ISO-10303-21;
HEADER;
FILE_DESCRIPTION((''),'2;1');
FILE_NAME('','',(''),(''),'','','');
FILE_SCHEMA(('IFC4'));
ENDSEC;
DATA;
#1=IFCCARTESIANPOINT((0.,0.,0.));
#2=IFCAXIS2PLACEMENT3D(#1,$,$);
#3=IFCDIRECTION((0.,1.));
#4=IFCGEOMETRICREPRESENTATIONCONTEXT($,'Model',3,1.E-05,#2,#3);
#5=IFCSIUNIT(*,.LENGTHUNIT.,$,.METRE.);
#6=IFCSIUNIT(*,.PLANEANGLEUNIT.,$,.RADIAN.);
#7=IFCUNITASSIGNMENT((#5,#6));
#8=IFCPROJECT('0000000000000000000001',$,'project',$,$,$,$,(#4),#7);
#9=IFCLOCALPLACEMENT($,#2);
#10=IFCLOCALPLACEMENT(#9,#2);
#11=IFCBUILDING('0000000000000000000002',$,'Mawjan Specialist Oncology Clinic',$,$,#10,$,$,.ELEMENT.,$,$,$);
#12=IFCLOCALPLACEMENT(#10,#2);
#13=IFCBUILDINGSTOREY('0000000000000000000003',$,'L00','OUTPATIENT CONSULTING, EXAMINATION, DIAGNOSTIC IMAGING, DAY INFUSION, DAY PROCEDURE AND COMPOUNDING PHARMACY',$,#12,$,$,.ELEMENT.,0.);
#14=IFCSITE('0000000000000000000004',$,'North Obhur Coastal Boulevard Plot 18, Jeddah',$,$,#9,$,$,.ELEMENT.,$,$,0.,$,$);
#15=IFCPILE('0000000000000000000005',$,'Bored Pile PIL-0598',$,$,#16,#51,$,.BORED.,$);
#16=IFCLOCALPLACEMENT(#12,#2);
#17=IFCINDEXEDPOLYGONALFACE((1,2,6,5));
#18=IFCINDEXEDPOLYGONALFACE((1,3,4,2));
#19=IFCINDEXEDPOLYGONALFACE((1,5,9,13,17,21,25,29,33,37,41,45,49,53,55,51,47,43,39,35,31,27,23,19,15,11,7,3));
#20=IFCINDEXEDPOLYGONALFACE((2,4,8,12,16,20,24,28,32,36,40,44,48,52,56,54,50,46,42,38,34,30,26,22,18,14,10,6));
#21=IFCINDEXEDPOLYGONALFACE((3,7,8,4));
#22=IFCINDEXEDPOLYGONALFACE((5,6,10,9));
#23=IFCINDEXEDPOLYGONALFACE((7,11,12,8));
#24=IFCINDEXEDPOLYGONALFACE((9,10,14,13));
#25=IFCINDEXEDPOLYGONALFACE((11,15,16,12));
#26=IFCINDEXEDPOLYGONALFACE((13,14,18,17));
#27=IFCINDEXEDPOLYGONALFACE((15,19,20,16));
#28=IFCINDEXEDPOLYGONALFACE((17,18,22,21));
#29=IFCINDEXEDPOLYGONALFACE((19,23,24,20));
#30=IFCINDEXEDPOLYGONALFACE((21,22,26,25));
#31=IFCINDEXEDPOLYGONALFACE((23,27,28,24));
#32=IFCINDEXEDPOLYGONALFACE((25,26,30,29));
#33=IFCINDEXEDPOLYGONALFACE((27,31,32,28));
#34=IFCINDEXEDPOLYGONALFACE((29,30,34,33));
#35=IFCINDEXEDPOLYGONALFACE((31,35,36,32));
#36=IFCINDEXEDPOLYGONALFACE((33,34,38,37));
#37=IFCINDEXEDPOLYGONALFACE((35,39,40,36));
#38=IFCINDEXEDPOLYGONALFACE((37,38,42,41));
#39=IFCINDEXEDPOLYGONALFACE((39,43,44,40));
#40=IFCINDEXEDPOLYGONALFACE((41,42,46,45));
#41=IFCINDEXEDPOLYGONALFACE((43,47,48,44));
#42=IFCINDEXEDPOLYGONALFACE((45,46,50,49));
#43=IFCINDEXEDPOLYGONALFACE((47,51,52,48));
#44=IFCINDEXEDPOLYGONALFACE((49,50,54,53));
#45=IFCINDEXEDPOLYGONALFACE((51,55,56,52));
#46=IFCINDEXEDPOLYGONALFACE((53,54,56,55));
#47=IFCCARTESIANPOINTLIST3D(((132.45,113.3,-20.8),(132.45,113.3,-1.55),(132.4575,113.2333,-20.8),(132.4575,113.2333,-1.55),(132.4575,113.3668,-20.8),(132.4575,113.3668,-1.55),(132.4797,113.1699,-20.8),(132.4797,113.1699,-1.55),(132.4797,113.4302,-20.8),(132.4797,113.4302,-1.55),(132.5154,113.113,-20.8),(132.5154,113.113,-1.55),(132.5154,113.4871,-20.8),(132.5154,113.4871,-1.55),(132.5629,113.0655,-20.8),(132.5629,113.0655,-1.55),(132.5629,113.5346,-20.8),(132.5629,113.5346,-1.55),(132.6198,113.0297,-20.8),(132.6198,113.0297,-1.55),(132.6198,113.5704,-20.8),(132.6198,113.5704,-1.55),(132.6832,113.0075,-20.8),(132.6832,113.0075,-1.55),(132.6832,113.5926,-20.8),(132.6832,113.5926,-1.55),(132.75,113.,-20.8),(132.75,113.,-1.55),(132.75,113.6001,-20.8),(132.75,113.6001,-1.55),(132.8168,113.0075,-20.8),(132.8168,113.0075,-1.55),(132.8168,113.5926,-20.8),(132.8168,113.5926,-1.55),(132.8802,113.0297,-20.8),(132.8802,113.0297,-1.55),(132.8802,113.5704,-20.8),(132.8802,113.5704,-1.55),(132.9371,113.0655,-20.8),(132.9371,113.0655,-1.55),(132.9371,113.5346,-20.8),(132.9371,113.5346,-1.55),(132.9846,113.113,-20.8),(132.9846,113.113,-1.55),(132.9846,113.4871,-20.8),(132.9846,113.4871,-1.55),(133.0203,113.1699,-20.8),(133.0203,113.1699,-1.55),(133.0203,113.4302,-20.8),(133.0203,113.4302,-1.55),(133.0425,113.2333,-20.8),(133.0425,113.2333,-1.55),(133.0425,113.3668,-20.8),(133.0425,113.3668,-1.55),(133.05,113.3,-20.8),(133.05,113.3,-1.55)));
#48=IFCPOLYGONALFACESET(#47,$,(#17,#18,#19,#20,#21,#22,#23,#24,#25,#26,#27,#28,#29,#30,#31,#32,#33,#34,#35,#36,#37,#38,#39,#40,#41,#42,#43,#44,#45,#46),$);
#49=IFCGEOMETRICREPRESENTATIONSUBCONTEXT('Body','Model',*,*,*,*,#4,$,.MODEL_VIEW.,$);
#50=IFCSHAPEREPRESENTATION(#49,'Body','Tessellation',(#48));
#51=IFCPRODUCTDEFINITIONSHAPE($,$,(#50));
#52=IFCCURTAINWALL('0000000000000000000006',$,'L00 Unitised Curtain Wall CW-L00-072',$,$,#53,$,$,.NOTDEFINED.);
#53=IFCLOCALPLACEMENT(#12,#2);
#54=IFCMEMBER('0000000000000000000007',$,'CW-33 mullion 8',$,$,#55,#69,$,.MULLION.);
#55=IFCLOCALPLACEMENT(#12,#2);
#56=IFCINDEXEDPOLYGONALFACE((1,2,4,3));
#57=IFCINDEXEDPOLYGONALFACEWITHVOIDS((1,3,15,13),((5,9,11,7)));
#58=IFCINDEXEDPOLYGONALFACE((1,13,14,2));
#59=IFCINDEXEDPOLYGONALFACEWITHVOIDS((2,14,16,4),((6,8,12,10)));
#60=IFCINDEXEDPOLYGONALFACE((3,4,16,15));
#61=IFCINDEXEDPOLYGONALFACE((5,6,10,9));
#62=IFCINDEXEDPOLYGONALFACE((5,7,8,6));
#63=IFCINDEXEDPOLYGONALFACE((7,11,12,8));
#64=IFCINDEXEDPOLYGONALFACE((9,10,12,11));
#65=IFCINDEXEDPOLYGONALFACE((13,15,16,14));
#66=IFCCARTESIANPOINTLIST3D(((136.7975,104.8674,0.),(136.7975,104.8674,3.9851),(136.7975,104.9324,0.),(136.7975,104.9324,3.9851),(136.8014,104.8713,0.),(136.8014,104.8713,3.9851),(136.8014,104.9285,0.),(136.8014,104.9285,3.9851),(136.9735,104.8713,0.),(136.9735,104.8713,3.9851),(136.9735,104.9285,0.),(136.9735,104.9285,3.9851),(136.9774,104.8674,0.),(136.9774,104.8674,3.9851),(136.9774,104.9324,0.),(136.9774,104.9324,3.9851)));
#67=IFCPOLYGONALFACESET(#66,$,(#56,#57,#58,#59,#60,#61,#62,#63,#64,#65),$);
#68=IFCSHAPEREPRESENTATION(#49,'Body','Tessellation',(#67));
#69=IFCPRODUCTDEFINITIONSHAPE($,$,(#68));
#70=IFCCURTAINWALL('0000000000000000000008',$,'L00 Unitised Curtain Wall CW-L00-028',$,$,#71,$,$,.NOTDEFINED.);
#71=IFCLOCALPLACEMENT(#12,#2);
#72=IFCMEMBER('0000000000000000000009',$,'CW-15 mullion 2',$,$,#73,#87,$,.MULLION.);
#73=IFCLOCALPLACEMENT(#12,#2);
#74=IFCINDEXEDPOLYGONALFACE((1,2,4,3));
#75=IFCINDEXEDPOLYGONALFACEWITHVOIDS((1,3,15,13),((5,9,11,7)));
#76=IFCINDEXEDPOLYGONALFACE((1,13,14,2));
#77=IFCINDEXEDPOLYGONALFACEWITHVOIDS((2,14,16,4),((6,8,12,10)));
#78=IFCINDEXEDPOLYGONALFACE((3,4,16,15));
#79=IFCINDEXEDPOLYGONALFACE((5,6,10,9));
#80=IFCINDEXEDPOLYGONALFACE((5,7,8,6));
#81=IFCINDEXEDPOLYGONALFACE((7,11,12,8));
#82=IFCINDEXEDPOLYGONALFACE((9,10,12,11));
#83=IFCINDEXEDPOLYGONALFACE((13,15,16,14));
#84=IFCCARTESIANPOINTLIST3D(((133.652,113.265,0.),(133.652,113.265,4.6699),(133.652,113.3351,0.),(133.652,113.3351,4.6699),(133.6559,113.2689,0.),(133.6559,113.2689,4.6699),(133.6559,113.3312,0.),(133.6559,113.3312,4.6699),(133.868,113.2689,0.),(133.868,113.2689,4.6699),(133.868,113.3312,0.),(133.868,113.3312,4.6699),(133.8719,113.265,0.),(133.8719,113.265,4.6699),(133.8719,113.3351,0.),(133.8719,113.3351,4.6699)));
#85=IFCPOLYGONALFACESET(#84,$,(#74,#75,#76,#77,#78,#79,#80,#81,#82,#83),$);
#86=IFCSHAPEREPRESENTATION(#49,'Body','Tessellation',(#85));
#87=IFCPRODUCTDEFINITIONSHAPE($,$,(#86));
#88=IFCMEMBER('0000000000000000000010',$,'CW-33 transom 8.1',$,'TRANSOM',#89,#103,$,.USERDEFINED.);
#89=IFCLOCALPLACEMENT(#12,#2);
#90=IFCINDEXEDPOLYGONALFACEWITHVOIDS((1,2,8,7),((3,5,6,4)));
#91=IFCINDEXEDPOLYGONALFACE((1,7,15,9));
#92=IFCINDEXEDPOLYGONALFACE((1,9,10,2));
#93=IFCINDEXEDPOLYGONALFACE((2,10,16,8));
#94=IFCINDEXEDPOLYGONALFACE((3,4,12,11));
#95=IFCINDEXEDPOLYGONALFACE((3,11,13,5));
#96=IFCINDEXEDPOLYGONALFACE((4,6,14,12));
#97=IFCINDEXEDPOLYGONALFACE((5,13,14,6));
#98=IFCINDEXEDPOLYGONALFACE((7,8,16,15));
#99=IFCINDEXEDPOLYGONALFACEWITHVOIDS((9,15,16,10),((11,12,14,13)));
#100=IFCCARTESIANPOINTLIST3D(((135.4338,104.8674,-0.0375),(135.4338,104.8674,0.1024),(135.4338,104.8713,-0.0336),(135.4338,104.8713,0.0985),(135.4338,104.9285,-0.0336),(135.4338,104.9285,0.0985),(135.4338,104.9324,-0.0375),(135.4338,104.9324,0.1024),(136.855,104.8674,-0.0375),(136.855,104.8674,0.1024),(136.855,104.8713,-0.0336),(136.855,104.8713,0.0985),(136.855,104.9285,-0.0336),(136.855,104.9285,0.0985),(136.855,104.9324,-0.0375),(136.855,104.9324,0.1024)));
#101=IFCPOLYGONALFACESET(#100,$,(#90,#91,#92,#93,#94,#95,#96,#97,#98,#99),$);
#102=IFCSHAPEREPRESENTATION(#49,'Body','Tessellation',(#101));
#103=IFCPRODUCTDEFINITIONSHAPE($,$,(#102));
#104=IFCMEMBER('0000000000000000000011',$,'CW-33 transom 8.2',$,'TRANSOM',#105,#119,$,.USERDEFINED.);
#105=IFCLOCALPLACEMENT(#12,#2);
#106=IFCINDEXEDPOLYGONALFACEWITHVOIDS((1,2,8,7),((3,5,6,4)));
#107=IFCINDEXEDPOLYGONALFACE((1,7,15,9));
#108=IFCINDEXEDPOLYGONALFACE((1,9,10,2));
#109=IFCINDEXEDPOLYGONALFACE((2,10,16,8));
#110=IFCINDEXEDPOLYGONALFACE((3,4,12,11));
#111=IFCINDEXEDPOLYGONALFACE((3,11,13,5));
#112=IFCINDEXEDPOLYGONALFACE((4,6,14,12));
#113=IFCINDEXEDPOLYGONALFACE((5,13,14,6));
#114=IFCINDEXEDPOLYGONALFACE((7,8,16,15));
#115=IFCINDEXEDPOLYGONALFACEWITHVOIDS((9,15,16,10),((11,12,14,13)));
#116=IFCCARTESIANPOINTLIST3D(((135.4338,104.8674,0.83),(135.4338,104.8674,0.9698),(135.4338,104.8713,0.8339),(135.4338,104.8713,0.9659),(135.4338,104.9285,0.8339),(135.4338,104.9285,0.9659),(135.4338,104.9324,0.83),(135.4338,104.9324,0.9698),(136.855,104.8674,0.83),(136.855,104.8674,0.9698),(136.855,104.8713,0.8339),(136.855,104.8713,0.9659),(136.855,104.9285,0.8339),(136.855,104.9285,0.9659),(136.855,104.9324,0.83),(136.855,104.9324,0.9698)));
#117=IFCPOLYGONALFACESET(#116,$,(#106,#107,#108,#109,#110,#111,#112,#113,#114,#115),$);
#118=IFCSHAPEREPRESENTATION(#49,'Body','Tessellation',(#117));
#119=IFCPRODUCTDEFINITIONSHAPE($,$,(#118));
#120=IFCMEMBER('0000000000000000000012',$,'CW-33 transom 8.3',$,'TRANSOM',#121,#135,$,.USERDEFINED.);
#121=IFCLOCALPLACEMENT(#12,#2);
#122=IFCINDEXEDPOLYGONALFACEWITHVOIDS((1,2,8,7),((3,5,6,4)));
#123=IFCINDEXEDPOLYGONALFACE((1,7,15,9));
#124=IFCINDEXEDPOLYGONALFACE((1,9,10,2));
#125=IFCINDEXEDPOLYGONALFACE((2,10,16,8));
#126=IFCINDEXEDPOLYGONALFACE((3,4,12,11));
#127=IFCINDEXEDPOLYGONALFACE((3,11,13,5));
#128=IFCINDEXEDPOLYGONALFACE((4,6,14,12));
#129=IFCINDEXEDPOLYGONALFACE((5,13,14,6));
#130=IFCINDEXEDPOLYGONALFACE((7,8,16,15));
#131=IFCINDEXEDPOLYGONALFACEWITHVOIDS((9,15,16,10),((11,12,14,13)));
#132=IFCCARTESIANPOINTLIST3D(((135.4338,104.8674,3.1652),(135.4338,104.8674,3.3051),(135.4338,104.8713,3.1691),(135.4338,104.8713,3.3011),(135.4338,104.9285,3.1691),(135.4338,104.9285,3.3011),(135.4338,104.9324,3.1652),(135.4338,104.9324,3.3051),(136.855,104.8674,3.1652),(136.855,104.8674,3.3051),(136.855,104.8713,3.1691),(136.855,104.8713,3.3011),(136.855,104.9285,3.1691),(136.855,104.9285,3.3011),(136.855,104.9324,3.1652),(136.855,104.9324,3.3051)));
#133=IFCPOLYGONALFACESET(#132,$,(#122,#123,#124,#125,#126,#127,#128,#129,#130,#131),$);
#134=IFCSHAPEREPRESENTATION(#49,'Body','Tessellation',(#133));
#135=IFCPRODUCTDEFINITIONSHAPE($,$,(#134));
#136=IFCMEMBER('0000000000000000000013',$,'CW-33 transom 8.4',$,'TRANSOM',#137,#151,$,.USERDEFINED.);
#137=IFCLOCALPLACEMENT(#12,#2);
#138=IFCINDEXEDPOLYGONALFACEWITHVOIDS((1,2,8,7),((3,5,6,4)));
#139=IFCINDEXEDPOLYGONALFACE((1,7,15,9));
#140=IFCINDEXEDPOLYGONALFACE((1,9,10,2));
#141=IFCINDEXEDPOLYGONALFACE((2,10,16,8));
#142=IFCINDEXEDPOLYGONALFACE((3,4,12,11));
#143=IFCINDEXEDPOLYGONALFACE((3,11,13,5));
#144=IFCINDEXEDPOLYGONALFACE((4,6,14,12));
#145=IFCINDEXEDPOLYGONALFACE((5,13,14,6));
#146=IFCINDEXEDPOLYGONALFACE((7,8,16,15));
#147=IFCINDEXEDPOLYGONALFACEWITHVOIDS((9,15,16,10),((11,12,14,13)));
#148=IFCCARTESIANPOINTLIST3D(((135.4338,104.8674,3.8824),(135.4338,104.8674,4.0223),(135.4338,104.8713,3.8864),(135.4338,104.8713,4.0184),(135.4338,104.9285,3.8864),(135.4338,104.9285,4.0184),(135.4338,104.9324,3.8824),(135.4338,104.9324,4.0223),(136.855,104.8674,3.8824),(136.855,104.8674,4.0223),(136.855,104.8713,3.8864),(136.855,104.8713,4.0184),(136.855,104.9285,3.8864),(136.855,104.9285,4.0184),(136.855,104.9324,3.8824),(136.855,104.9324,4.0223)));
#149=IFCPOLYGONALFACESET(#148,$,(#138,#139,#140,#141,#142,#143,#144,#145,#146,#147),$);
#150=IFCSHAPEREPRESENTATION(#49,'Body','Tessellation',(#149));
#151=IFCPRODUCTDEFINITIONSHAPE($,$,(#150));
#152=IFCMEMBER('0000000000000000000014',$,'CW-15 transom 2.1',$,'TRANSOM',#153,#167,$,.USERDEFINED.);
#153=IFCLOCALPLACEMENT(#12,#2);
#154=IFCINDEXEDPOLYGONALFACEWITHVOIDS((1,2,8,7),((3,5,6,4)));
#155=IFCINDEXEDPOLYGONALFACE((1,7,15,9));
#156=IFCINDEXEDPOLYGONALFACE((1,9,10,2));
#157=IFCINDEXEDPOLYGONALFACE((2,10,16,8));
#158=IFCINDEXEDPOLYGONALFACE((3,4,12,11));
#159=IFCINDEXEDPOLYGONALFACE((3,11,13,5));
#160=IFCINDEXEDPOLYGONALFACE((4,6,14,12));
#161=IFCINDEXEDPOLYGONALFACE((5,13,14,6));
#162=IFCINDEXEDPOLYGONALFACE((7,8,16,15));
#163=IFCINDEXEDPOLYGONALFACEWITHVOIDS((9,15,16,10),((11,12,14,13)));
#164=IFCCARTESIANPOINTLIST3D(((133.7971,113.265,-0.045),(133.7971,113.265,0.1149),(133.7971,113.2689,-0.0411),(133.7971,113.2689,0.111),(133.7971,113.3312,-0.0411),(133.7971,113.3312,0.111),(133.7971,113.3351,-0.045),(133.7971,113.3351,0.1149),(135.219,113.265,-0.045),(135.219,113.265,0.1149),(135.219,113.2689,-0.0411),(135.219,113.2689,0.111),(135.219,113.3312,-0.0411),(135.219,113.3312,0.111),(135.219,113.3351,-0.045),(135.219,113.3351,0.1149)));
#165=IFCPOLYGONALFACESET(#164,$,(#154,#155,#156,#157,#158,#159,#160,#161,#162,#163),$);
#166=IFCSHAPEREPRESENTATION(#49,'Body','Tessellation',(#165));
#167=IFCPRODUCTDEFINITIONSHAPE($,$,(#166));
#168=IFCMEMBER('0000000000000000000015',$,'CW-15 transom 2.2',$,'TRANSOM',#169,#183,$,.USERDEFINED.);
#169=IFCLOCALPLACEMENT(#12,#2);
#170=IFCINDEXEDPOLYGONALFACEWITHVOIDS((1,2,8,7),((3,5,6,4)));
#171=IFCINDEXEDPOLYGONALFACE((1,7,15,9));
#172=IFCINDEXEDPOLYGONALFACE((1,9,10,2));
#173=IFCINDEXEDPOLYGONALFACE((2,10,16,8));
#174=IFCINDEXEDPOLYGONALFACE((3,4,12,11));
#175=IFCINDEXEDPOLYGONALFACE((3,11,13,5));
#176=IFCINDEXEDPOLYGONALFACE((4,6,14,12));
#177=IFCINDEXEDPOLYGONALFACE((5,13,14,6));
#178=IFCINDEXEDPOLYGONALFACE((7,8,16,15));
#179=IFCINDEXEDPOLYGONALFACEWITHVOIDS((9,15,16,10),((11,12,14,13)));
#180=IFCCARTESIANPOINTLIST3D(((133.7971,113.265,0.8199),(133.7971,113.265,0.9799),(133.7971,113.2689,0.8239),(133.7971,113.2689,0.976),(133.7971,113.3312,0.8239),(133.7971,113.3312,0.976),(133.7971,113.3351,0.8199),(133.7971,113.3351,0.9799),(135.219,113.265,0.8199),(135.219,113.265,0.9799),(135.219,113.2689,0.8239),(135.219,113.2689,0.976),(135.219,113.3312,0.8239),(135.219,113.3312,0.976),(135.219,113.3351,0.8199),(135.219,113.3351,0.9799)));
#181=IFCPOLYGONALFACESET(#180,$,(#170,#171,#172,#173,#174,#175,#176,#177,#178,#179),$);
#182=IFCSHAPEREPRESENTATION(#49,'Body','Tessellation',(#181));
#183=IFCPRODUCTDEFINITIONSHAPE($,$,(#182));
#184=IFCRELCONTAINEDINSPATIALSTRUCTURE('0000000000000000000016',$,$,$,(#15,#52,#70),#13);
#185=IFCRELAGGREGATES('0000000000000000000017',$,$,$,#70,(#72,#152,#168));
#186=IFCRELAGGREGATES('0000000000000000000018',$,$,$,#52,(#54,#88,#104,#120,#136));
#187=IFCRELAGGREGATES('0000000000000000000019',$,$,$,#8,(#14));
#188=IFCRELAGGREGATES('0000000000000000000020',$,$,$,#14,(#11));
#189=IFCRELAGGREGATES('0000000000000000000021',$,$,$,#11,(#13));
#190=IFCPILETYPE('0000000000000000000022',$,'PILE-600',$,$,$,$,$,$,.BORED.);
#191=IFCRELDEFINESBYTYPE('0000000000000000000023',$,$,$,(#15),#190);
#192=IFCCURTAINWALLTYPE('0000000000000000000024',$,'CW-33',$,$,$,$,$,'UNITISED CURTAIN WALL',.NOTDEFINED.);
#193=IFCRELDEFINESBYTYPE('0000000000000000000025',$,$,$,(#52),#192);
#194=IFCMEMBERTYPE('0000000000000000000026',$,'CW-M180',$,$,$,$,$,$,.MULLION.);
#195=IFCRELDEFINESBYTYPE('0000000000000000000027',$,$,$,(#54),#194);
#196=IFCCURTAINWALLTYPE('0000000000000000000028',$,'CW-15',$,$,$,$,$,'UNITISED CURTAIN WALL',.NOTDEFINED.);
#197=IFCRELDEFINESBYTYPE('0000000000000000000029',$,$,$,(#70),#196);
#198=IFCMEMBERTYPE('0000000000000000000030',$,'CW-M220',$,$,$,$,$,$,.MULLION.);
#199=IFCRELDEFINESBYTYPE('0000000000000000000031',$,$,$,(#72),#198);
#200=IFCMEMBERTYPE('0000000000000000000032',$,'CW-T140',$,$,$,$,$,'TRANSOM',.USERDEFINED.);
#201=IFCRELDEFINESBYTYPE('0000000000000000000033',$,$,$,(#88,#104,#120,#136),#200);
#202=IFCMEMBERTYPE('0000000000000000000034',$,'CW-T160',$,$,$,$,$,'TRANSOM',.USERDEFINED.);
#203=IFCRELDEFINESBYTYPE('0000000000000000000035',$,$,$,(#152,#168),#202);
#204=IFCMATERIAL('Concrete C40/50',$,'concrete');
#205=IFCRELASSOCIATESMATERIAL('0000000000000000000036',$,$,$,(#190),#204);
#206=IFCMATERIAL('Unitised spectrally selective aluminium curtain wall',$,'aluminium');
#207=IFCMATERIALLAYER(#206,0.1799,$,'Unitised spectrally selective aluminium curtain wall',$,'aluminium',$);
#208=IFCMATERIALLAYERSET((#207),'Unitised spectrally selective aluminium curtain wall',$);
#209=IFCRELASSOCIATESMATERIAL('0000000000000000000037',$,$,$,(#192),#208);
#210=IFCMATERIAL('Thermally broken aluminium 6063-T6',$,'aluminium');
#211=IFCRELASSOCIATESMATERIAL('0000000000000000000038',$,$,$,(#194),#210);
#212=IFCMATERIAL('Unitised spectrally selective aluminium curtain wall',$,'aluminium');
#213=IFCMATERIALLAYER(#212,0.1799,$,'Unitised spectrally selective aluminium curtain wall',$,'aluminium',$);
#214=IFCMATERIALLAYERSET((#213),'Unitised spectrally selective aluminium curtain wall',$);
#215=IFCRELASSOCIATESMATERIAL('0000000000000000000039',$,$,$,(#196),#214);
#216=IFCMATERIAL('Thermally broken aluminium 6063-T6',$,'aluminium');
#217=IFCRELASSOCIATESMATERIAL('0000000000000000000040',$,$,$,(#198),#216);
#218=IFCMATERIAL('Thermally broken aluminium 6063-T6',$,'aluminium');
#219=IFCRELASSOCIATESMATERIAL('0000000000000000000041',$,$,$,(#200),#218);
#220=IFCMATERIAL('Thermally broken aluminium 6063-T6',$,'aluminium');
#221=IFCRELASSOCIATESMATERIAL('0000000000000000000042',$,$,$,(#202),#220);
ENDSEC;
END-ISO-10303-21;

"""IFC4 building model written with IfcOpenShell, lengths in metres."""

from ifc_helpers import new_model, si_unit, direction, frame, origin, origin_2d, place, context, subcontext, project, spatial, hollow_rectangle, circle, extrude, material, layer, layer_set, material_profile, profile_set, type_object, element, aggregate, save


model = new_model("IFC4")

# Units and contexts
model_context = context("Model", 3, precision=1e-05, world=origin(), true_north=direction((0.0, 1.0)))
body_context = subcontext(model_context, "Body", "Model", "MODEL_VIEW")
ifc_project = project(units=[si_unit("LENGTHUNIT", "METRE"), si_unit("PLANEANGLEUNIT", "RADIAN")], contexts=[model_context])

# Site, building, storey
site_placement = place(None, origin())
site = spatial("IfcSite", under=ifc_project, at=site_placement, Name="North Obhur Coastal Boulevard Plot 18, Jeddah", CompositionType="ELEMENT", RefElevation=0.0)
building_placement = place(site_placement, origin())
building = spatial("IfcBuilding", under=site, at=building_placement, Name="Mawjan Specialist Oncology Clinic", CompositionType="ELEMENT")
storey_placement = place(building_placement, origin())
storey = spatial("IfcBuildingStorey", under=building, at=storey_placement, Name="L00", Description="OUTPATIENT CONSULTING, EXAMINATION, DIAGNOSTIC IMAGING, DAY INFUSION, DAY PROCEDURE AND COMPOUNDING PHARMACY", CompositionType="ELEMENT", Elevation=0.0)

# Pile
ifc_material_1 = material(Name="Concrete C40/50", Category="concrete")
ifc_material_profile_1 = material_profile(ifc_material_1, circle(Radius=0.3, at=origin_2d()), Name="BORED PILE D600", Category="concrete")
ifc_profile_set_1 = profile_set([ifc_material_profile_1], Name="Concrete C40/50")
pile_type = type_object("IfcPileType", Name="PILE-600", PredefinedType="BORED", material=ifc_profile_set_1)
pile_placement = place(storey_placement, frame((132.75, 113.3, -1.55), z_axis=(0.0, 0.0, -1.0), x_axis=(1.0, 0.0, 0.0)))
element("IfcPile", 1, at=pile_placement, inside=storey, type_object=pile_type, Name="Bored Pile PIL-0598", PredefinedType="BORED", context=body_context, shape_type="SweptSolid", body=[
    extrude(circle(Radius=0.3, at=origin_2d()), origin(), (0.0, 0.0, 1.0), 19.25),
])

# Curtain walls, members
ifc_material_2 = material(Name="Unitised spectrally selective aluminium curtain wall", Category="aluminium")
ifc_layer_1 = layer(ifc_material_2, 0.1799, Name="Unitised spectrally selective aluminium curtain wall", Category="aluminium")
ifc_layer_set_1 = layer_set([ifc_layer_1], Name="Unitised spectrally selective aluminium curtain wall")
curtain_wall_type_1 = type_object("IfcCurtainWallType", Name="CW-33", ElementType="UNITISED CURTAIN WALL", PredefinedType="NOTDEFINED", material=ifc_layer_set_1)
curtain_wall_1_placement = place(storey_placement, origin())
curtain_wall_1 = element("IfcCurtainWall", 2, at=curtain_wall_1_placement, inside=storey, type_object=curtain_wall_type_1, Name="L00 Unitised Curtain Wall CW-L00-072", PredefinedType="NOTDEFINED")
ifc_material_3 = material(Name="Thermally broken aluminium 6063-T6", Category="aluminium")
ifc_material_profile_2 = material_profile(ifc_material_3, hollow_rectangle(XDim=0.0649, YDim=0.1799, WallThickness=0.0039, at=origin_2d()), Name="ALU MULLION 180x65x4", Category="aluminium")
ifc_profile_set_2 = profile_set([ifc_material_profile_2], Name="Thermally broken aluminium 6063-T6")
member_type_1 = type_object("IfcMemberType", Name="CW-M180", PredefinedType="MULLION", material=ifc_profile_set_2)
member_1_placement = place(storey_placement, frame((136.8875, 104.8999, 0.0), z_axis=(0.0, 0.0, 1.0), x_axis=(0.0, -1.0, 0.0)))
member_1 = element("IfcMember", 3, at=member_1_placement, type_object=member_type_1, Name="CW-33 mullion 8", PredefinedType="MULLION", context=body_context, shape_type="SweptSolid", body=[
    extrude(hollow_rectangle(XDim=0.0649, YDim=0.1799, WallThickness=0.0039, at=origin_2d()), origin(), (0.0, 0.0, 1.0), 3.9851),
])
ifc_material_4 = material(Name="Unitised spectrally selective aluminium curtain wall", Category="aluminium")
ifc_layer_2 = layer(ifc_material_4, 0.1799, Name="Unitised spectrally selective aluminium curtain wall", Category="aluminium")
ifc_layer_set_2 = layer_set([ifc_layer_2], Name="Unitised spectrally selective aluminium curtain wall")
curtain_wall_type_2 = type_object("IfcCurtainWallType", Name="CW-15", ElementType="UNITISED CURTAIN WALL", PredefinedType="NOTDEFINED", material=ifc_layer_set_2)
curtain_wall_2_placement = place(storey_placement, origin())
curtain_wall_2 = element("IfcCurtainWall", 4, at=curtain_wall_2_placement, inside=storey, type_object=curtain_wall_type_2, Name="L00 Unitised Curtain Wall CW-L00-028", PredefinedType="NOTDEFINED")
ifc_material_5 = material(Name="Thermally broken aluminium 6063-T6", Category="aluminium")
ifc_material_profile_3 = material_profile(ifc_material_5, hollow_rectangle(XDim=0.0701, YDim=0.22, WallThickness=0.0039, at=origin_2d()), Name="ALU MULLION 220x70x4", Category="aluminium")
ifc_profile_set_3 = profile_set([ifc_material_profile_3], Name="Thermally broken aluminium 6063-T6")
member_type_2 = type_object("IfcMemberType", Name="CW-M220", PredefinedType="MULLION", material=ifc_profile_set_3)
member_2_placement = place(storey_placement, frame((133.762, 113.3, 0.0), z_axis=(0.0, 0.0, 1.0), x_axis=(0.0, 1.0, 0.0)))
member_2 = element("IfcMember", 5, at=member_2_placement, type_object=member_type_2, Name="CW-15 mullion 2", PredefinedType="MULLION", context=body_context, shape_type="SweptSolid", body=[
    extrude(hollow_rectangle(XDim=0.0701, YDim=0.22, WallThickness=0.0039, at=origin_2d()), origin(), (0.0, 0.0, 1.0), 4.6699),
])

# Members
ifc_material_6 = material(Name="Thermally broken aluminium 6063-T6", Category="aluminium")
ifc_material_profile_4 = material_profile(ifc_material_6, hollow_rectangle(XDim=0.0649, YDim=0.1399, WallThickness=0.0039, at=origin_2d()), Name="ALU TRANSOM 140x65x4", Category="aluminium")
ifc_profile_set_4 = profile_set([ifc_material_profile_4], Name="Thermally broken aluminium 6063-T6")
member_type_3 = type_object("IfcMemberType", Name="CW-T140", ElementType="TRANSOM", PredefinedType="USERDEFINED", material=ifc_profile_set_4)
member_3_placement = place(storey_placement, frame((136.855, 104.8999, 0.0325), z_axis=(-1.0, 0.0, 0.0), x_axis=(0.0, -1.0, 0.0)))
member_3 = element("IfcMember", 6, at=member_3_placement, type_object=member_type_3, Name="CW-33 transom 8.1", ObjectType="TRANSOM", PredefinedType="USERDEFINED", context=body_context, shape_type="SweptSolid", body=[
    extrude(hollow_rectangle(XDim=0.0649, YDim=0.1399, WallThickness=0.0039, at=origin_2d()), origin(), (0.0, 0.0, 1.0), 1.4211),
])
member_4_placement = place(storey_placement, frame((136.855, 104.8999, 0.8999), z_axis=(-1.0, 0.0, 0.0), x_axis=(0.0, -1.0, 0.0)))
member_4 = element("IfcMember", 7, at=member_4_placement, type_object=member_type_3, Name="CW-33 transom 8.2", ObjectType="TRANSOM", PredefinedType="USERDEFINED", context=body_context, shape_type="SweptSolid", body=[
    extrude(hollow_rectangle(XDim=0.0649, YDim=0.1399, WallThickness=0.0039, at=origin_2d()), origin(), (0.0, 0.0, 1.0), 1.4211),
])
member_5_placement = place(storey_placement, frame((136.855, 104.8999, 3.2351), z_axis=(-1.0, 0.0, 0.0), x_axis=(0.0, -1.0, 0.0)))
member_5 = element("IfcMember", 8, at=member_5_placement, type_object=member_type_3, Name="CW-33 transom 8.3", ObjectType="TRANSOM", PredefinedType="USERDEFINED", context=body_context, shape_type="SweptSolid", body=[
    extrude(hollow_rectangle(XDim=0.0649, YDim=0.1399, WallThickness=0.0039, at=origin_2d()), origin(), (0.0, 0.0, 1.0), 1.4211),
])
member_6_placement = place(storey_placement, frame((136.855, 104.8999, 3.9524), z_axis=(-1.0, 0.0, 0.0), x_axis=(0.0, -1.0, 0.0)))
member_6 = element("IfcMember", 9, at=member_6_placement, type_object=member_type_3, Name="CW-33 transom 8.4", ObjectType="TRANSOM", PredefinedType="USERDEFINED", context=body_context, shape_type="SweptSolid", body=[
    extrude(hollow_rectangle(XDim=0.0649, YDim=0.1399, WallThickness=0.0039, at=origin_2d()), origin(), (0.0, 0.0, 1.0), 1.4211),
])
ifc_material_7 = material(Name="Thermally broken aluminium 6063-T6", Category="aluminium")
ifc_material_profile_5 = material_profile(ifc_material_7, hollow_rectangle(XDim=0.0701, YDim=0.1599, WallThickness=0.0039, at=origin_2d()), Name="ALU TRANSOM 160x70x4", Category="aluminium")
ifc_profile_set_5 = profile_set([ifc_material_profile_5], Name="Thermally broken aluminium 6063-T6")
member_type_4 = type_object("IfcMemberType", Name="CW-T160", ElementType="TRANSOM", PredefinedType="USERDEFINED", material=ifc_profile_set_5)
member_7_placement = place(storey_placement, frame((133.7971, 113.3, 0.0349), z_axis=(1.0, 0.0, 0.0), x_axis=(0.0, 1.0, 0.0)))
member_7 = element("IfcMember", 10, at=member_7_placement, type_object=member_type_4, Name="CW-15 transom 2.1", ObjectType="TRANSOM", PredefinedType="USERDEFINED", context=body_context, shape_type="SweptSolid", body=[
    extrude(hollow_rectangle(XDim=0.0701, YDim=0.1599, WallThickness=0.0039, at=origin_2d()), origin(), (0.0, 0.0, 1.0), 1.4219),
])
member_8_placement = place(storey_placement, frame((133.7971, 113.3, 0.8999), z_axis=(1.0, 0.0, 0.0), x_axis=(0.0, 1.0, 0.0)))
member_8 = element("IfcMember", 11, at=member_8_placement, type_object=member_type_4, Name="CW-15 transom 2.2", ObjectType="TRANSOM", PredefinedType="USERDEFINED", context=body_context, shape_type="SweptSolid", body=[
    extrude(hollow_rectangle(XDim=0.0701, YDim=0.1599, WallThickness=0.0039, at=origin_2d()), origin(), (0.0, 0.0, 1.0), 1.4219),
])

aggregate(curtain_wall_2, [member_2, member_7, member_8])
aggregate(curtain_wall_1, [member_1, member_3, member_4, member_5, member_6])

save(model, "model.ifc")
